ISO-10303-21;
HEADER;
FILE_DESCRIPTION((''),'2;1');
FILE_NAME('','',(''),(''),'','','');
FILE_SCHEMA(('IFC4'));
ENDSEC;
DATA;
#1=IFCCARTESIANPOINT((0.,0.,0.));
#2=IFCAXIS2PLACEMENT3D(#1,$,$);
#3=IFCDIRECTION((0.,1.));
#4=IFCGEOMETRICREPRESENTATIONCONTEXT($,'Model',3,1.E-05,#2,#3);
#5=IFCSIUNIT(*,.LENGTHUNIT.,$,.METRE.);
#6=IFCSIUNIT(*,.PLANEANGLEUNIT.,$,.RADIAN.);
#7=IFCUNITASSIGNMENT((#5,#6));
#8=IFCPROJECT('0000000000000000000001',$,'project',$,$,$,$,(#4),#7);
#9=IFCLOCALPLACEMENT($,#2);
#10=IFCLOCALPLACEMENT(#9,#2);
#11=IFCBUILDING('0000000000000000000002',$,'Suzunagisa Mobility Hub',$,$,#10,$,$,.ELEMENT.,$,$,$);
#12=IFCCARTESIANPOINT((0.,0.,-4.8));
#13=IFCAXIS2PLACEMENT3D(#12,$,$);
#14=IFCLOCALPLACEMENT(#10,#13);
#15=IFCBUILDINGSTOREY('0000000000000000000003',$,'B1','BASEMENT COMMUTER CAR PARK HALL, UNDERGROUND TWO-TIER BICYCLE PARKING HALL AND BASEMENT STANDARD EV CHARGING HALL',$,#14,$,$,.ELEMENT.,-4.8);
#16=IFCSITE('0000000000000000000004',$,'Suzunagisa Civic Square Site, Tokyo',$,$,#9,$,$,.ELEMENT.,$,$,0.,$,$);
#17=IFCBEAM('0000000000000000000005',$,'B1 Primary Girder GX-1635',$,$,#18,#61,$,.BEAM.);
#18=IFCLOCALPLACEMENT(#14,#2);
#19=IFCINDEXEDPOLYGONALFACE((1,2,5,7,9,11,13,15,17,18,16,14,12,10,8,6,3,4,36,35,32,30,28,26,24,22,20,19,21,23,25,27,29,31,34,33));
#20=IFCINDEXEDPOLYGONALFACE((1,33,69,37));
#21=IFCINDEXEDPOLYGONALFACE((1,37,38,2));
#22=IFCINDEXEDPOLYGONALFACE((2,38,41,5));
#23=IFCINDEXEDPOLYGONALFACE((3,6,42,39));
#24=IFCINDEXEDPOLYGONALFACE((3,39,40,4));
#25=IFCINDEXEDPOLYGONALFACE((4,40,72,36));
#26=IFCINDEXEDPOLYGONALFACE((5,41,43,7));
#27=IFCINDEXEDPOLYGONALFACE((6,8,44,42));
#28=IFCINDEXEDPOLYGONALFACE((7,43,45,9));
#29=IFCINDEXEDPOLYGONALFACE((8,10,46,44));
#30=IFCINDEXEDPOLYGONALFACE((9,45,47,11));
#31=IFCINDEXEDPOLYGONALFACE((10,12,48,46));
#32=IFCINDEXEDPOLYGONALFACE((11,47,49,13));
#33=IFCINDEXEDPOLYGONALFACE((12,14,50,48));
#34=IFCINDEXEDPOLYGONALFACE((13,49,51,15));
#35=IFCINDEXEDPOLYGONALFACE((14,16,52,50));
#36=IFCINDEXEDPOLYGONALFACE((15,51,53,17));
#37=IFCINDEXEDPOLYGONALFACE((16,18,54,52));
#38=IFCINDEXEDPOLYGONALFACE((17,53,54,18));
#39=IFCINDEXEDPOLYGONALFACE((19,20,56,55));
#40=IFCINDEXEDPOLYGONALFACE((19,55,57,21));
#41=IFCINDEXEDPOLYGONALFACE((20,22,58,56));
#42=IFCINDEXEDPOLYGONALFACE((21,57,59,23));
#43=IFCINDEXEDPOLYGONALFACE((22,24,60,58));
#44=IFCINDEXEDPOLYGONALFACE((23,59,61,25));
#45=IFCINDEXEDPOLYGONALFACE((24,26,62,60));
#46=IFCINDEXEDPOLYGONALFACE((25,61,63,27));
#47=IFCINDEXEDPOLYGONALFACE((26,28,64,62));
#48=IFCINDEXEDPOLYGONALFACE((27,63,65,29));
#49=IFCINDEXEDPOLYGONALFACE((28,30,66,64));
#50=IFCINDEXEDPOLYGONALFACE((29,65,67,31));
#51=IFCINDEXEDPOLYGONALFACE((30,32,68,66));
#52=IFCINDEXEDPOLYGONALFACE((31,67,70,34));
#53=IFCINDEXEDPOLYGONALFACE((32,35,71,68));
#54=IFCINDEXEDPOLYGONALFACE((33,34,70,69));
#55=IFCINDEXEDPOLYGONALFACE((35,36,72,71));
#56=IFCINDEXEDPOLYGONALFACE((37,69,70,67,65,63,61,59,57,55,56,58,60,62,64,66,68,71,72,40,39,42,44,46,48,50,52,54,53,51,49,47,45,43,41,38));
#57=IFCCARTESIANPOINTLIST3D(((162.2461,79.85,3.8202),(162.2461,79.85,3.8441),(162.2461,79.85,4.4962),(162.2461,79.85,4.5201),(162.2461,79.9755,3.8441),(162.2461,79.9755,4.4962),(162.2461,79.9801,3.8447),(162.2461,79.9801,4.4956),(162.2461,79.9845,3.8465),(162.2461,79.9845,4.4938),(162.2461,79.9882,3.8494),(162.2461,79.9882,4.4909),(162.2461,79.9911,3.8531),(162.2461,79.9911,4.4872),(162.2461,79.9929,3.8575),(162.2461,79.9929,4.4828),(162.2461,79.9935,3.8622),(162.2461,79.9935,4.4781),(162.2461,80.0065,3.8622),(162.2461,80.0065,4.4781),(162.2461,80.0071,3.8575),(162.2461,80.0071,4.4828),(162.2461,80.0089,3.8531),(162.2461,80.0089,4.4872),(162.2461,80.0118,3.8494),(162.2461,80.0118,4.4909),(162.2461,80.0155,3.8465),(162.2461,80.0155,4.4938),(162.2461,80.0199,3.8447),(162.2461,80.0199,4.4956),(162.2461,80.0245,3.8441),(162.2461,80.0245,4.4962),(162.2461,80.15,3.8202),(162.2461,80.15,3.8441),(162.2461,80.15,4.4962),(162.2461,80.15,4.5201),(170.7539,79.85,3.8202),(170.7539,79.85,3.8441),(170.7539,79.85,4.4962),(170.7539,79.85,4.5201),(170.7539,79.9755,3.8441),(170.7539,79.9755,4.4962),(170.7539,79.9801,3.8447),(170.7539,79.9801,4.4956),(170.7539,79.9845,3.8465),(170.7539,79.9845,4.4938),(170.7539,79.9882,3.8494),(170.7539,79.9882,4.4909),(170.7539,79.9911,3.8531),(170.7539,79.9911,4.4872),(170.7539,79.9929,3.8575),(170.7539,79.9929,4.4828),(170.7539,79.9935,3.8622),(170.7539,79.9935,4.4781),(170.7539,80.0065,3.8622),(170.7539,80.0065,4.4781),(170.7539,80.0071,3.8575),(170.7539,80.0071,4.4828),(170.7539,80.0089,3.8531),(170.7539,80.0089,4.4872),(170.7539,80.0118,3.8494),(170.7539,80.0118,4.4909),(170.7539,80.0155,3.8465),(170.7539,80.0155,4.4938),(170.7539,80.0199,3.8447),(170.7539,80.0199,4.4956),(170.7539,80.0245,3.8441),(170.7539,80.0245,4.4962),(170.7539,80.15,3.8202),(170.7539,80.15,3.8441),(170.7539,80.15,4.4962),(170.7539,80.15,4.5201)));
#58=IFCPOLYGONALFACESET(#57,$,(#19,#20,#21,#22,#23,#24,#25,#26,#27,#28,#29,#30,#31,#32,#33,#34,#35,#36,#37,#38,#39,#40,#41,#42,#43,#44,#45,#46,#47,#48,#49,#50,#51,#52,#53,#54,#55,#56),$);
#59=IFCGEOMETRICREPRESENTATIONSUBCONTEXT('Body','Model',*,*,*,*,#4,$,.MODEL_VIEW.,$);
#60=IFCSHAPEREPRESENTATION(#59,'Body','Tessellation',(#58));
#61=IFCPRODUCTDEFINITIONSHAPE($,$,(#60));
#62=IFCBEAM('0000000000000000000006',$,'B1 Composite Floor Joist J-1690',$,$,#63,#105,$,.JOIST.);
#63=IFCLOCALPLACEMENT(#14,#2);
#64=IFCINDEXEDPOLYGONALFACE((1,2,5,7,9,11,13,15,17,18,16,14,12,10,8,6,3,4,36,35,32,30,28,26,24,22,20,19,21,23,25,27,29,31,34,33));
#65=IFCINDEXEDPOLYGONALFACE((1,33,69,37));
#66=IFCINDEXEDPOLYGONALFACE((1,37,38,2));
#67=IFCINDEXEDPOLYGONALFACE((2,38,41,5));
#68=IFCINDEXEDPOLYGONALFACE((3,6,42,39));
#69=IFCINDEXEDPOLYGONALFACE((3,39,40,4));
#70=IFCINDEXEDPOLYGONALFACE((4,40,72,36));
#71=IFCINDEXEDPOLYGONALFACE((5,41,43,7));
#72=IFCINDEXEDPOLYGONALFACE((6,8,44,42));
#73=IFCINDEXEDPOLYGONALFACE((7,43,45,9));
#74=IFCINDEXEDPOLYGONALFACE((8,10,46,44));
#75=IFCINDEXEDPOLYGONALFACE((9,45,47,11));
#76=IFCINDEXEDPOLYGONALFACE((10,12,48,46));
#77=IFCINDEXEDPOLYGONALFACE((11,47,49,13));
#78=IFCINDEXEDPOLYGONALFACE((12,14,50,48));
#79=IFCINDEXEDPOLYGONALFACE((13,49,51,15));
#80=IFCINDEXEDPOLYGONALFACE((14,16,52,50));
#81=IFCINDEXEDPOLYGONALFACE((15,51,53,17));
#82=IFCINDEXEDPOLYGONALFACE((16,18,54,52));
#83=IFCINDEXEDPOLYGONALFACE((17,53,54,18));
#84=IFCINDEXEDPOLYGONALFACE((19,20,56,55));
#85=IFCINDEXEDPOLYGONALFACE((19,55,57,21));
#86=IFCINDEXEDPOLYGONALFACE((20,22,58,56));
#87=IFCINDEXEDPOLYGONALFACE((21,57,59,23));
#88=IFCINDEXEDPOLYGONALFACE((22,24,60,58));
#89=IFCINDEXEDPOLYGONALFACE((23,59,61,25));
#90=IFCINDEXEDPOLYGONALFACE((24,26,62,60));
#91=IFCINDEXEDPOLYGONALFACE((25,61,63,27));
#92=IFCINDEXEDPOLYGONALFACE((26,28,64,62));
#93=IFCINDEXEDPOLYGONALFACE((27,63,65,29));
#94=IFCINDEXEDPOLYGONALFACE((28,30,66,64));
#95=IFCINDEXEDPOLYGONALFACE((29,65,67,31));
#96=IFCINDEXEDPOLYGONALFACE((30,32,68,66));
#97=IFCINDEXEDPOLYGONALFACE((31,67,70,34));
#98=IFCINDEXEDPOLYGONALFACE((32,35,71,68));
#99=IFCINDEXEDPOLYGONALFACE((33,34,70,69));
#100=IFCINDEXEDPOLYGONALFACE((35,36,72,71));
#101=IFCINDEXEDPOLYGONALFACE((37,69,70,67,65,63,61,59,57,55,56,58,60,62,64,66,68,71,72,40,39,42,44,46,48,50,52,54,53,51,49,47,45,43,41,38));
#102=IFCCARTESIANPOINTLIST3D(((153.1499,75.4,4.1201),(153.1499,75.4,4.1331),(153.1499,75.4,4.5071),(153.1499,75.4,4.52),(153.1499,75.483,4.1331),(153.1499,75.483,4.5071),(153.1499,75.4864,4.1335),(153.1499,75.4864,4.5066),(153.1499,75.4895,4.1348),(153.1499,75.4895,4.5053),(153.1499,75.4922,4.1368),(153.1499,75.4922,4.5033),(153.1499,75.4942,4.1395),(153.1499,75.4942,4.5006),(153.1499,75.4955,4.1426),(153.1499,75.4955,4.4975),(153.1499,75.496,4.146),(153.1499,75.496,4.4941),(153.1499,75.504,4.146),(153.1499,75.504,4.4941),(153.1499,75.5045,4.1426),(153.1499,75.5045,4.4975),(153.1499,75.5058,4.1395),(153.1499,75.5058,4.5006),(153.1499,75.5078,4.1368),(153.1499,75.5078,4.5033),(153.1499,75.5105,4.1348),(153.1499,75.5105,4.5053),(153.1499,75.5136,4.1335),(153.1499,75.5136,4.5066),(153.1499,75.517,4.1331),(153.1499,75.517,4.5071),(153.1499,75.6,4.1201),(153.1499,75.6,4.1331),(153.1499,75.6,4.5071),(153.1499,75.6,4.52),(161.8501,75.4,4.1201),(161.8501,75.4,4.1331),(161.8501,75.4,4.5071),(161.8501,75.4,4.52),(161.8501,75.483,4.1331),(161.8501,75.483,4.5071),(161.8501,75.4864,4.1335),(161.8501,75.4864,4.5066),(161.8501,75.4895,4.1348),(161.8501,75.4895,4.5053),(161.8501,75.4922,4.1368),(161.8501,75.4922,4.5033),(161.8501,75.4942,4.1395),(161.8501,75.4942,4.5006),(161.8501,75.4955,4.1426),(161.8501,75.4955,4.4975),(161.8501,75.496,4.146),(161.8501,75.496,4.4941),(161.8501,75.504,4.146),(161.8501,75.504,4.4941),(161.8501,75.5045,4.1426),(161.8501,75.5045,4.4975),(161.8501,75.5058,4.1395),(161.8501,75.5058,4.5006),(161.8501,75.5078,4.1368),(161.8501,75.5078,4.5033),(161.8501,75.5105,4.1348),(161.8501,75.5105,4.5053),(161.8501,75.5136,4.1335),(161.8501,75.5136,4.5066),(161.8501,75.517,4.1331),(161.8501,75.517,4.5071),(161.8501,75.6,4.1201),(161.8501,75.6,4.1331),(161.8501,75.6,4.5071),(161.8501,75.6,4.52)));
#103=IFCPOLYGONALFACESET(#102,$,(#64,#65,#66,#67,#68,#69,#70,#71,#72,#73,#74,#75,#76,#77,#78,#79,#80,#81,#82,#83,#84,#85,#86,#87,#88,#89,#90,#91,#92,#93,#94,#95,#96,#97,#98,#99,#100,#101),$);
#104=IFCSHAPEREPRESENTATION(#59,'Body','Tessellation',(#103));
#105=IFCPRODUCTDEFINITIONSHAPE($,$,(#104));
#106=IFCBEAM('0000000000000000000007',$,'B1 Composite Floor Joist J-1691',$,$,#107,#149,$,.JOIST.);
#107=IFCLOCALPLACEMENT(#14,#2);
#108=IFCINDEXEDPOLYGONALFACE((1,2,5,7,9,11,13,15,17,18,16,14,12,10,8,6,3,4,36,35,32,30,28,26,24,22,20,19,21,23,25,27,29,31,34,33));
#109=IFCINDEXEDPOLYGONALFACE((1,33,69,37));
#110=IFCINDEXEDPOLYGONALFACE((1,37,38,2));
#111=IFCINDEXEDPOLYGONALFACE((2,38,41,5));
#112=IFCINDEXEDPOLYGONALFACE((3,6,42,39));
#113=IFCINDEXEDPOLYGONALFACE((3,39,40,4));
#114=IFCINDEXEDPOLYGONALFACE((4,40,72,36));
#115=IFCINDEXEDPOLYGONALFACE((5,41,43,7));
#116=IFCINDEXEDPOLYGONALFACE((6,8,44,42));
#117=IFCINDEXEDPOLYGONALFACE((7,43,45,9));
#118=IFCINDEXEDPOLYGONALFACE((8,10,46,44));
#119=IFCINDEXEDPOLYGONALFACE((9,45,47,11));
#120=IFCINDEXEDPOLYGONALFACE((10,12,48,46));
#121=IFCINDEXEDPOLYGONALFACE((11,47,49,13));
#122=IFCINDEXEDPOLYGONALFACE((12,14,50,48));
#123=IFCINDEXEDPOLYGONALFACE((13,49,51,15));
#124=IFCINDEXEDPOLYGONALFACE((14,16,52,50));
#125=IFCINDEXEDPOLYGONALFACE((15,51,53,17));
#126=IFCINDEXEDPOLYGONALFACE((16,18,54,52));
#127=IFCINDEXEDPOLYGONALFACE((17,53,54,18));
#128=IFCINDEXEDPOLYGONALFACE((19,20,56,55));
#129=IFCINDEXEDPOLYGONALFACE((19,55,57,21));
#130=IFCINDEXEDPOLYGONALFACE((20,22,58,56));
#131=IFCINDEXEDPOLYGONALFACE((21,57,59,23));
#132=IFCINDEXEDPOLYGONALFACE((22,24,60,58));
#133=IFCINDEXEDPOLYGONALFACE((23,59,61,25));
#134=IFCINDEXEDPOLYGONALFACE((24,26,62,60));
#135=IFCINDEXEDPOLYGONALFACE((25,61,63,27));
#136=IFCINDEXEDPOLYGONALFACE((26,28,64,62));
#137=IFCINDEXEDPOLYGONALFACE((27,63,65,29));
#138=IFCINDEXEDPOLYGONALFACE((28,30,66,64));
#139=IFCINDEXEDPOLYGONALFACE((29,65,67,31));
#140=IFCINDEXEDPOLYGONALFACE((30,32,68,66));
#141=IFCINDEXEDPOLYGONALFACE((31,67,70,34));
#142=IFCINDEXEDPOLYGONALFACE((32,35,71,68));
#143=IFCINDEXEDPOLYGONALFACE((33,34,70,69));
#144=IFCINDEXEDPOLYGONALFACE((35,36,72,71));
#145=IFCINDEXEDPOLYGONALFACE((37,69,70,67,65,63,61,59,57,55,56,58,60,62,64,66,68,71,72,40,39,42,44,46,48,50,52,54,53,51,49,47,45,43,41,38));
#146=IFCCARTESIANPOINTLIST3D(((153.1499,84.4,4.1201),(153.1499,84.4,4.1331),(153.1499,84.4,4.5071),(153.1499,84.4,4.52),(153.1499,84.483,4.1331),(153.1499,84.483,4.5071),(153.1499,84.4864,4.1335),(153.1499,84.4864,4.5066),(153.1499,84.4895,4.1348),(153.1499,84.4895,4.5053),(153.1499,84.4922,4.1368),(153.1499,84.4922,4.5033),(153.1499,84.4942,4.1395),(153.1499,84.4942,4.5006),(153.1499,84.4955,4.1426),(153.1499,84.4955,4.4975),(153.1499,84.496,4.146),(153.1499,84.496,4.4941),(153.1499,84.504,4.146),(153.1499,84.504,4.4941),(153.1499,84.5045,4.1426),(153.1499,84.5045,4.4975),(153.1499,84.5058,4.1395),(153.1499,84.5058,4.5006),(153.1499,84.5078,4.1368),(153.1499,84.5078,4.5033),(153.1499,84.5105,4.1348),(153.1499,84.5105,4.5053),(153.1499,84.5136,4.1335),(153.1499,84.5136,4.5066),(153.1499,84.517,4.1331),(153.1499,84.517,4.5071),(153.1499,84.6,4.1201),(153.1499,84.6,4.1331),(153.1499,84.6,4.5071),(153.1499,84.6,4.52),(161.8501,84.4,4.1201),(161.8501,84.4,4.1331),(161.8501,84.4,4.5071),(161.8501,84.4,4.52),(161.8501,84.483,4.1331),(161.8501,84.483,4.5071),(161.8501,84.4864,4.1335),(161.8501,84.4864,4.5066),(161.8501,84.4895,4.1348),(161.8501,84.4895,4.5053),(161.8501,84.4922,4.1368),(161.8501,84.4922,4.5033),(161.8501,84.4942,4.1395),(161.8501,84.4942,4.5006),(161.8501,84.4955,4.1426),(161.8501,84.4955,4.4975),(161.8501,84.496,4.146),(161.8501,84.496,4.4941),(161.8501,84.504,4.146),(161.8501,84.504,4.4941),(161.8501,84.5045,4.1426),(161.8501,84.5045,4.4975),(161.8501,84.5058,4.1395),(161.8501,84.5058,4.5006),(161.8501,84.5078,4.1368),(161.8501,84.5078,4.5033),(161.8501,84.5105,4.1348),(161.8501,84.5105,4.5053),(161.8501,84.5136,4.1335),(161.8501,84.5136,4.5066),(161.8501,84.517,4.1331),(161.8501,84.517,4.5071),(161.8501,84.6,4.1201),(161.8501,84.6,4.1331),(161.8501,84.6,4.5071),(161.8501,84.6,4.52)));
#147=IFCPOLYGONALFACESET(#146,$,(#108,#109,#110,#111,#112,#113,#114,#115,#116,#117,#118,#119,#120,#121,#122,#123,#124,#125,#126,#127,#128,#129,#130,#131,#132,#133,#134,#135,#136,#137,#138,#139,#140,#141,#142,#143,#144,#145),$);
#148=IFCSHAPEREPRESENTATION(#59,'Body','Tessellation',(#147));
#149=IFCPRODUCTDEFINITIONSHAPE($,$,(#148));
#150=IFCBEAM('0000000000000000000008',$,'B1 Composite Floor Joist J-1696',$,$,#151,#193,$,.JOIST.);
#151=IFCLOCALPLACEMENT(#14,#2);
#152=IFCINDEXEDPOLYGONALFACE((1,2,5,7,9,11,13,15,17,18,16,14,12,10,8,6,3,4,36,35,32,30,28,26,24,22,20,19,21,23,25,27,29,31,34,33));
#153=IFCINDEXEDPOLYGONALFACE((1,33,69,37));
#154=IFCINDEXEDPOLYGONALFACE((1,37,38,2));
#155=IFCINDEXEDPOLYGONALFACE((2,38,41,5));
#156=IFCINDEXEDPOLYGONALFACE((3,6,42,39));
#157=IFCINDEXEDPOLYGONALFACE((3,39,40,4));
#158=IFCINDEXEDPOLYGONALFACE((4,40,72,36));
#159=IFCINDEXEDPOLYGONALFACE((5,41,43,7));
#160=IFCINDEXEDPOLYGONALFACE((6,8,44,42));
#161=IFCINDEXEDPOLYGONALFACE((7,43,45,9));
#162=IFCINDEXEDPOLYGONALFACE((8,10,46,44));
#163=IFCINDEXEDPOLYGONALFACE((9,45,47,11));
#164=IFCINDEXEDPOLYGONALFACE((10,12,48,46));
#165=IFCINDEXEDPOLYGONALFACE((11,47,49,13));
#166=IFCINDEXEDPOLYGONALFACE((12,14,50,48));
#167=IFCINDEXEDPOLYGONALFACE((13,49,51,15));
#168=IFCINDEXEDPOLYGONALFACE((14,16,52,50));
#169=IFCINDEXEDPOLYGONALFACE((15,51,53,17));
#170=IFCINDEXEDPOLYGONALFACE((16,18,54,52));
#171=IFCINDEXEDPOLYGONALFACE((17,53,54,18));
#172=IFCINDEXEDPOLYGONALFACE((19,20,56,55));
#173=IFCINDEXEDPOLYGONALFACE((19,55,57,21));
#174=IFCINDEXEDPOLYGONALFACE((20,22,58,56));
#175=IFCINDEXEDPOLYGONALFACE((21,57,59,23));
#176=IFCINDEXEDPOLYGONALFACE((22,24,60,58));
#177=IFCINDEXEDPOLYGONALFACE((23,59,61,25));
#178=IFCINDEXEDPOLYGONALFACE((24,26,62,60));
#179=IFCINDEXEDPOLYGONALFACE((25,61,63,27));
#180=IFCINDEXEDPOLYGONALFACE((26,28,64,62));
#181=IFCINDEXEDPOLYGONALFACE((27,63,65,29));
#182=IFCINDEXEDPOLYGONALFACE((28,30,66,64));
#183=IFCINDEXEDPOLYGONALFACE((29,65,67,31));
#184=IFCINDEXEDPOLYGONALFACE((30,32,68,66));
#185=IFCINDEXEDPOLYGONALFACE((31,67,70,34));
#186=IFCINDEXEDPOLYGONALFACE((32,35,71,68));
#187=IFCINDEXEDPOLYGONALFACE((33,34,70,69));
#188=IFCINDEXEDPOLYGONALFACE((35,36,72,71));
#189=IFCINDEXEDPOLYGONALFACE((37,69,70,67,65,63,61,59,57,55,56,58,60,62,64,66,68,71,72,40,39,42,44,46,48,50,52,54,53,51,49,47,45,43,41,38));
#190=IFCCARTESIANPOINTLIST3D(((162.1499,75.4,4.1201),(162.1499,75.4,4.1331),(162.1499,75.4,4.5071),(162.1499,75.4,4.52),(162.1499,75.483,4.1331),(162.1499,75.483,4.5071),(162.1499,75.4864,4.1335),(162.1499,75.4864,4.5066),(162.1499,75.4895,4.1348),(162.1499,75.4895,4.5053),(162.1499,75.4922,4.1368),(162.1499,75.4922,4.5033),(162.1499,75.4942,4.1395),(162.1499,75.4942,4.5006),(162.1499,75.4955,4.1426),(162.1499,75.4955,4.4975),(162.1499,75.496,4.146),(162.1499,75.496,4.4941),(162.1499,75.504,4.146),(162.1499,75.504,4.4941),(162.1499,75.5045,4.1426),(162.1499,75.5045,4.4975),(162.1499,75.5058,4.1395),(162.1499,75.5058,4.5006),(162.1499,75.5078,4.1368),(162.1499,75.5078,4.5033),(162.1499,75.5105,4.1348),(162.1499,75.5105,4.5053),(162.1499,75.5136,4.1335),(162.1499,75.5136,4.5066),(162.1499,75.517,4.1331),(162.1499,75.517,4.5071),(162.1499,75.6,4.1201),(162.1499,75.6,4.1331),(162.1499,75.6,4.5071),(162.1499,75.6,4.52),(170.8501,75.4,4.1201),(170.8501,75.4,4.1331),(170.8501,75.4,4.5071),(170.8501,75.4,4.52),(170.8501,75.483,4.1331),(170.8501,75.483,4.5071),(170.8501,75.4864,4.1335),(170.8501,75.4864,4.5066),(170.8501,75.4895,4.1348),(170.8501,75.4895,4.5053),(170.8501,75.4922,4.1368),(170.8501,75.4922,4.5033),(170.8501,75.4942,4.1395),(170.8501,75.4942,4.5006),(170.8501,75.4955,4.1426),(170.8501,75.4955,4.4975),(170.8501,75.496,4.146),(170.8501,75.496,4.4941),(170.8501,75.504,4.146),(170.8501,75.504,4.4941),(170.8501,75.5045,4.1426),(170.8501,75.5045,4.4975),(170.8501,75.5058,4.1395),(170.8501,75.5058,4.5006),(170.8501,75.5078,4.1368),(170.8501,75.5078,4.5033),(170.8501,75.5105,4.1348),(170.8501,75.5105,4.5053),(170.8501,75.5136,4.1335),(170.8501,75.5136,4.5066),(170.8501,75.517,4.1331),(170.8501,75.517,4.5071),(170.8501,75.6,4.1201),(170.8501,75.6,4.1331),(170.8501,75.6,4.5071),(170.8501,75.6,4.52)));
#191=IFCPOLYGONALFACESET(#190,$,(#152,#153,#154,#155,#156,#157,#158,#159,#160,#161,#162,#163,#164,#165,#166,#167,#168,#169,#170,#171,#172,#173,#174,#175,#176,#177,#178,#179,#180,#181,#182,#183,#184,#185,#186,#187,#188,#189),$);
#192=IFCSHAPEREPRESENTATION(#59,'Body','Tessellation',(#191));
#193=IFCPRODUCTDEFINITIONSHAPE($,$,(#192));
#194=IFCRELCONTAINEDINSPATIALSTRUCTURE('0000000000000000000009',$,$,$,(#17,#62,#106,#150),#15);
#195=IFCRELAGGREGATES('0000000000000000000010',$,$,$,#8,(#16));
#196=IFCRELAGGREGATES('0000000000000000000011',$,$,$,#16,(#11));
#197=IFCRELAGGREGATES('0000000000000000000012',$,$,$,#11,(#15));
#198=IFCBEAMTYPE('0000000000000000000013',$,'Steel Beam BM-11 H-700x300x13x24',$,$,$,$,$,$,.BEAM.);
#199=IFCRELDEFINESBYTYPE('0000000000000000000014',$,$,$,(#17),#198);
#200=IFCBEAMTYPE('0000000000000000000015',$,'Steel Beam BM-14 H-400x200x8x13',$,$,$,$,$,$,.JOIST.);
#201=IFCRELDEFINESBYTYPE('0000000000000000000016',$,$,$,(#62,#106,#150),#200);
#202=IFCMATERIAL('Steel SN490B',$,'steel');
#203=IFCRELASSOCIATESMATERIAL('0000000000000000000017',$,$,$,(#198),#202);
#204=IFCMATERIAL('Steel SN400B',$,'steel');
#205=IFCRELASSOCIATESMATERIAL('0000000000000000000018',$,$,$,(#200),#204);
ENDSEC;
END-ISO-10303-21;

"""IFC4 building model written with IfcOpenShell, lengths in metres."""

from ifc_helpers import new_model, si_unit, direction, frame, origin, origin_2d, place, context, subcontext, project, spatial, i_section, extrude, material, material_profile, profile_set, type_object, element, save


model = new_model("IFC4")

# Units and contexts
model_context = context("Model", 3, precision=1e-05, world=origin(), true_north=direction((0.0, 1.0)))
body_context = subcontext(model_context, "Body", "Model", "MODEL_VIEW")
ifc_project = project(units=[si_unit("LENGTHUNIT", "METRE"), si_unit("PLANEANGLEUNIT", "RADIAN")], contexts=[model_context])

# Site, building, storey
site_placement = place(None, origin())
site = spatial("IfcSite", under=ifc_project, at=site_placement, Name="Suzunagisa Civic Square Site, Tokyo", CompositionType="ELEMENT", RefElevation=0.0)
building_placement = place(site_placement, origin())
building = spatial("IfcBuilding", under=site, at=building_placement, Name="Suzunagisa Mobility Hub", CompositionType="ELEMENT")
storey_placement = place(building_placement, frame((0.0, 0.0, -4.8)))
storey = spatial("IfcBuildingStorey", under=building, at=storey_placement, Name="B1", Description="BASEMENT COMMUTER CAR PARK HALL, UNDERGROUND TWO-TIER BICYCLE PARKING HALL AND BASEMENT STANDARD EV CHARGING HALL", CompositionType="ELEMENT", Elevation=-4.8)

# Shared definitions
ifc_material_1 = material(Name="Steel SN490B", Category="steel")

# Beams
ifc_material_profile_1 = material_profile(ifc_material_1, i_section(OverallWidth=0.3, OverallDepth=0.7, WebThickness=0.0129, FlangeThickness=0.0239, FilletRadius=0.0181, at=origin_2d()), Name="H-700x300x13x24")
ifc_profile_set_1 = profile_set([ifc_material_profile_1], Name="Steel SN490B")
beam_type_1 = type_object("IfcBeamType", Name="Steel Beam BM-11 H-700x300x13x24", PredefinedType="BEAM", material=ifc_profile_set_1)
for number, where, z_axis, x_axis, name in (
    (1, (162.2461, 80.0, 4.1702), (1.0, 0.0, 0.0), (0.0, 1.0, 0.0), "B1 Primary Girder GX-1635"),
):
    element("IfcBeam", number, at=place(storey_placement, frame(where, z_axis=z_axis, x_axis=x_axis)), inside=storey, type_object=beam_type_1, Name=name, PredefinedType="BEAM", context=body_context, shape_type="SweptSolid", body=[
        extrude(i_section(OverallWidth=0.3, OverallDepth=0.7, WebThickness=0.0129, FlangeThickness=0.0239, FilletRadius=0.0181, at=origin_2d()), origin(), (0.0, 0.0, 1.0), 8.5078),
    ])
ifc_material_2 = material(Name="Steel SN400B", Category="steel")
ifc_material_profile_2 = material_profile(ifc_material_2, i_section(OverallWidth=0.2, OverallDepth=0.3999, WebThickness=0.0081, FlangeThickness=0.0129, FilletRadius=0.0129, at=origin_2d()), Name="H-400x200x8x13")
ifc_profile_set_2 = profile_set([ifc_material_profile_2], Name="Steel SN400B")
beam_type_2 = type_object("IfcBeamType", Name="Steel Beam BM-14 H-400x200x8x13", PredefinedType="JOIST", material=ifc_profile_set_2)
for number, where, z_axis, x_axis, name in (
    (2, (153.1499, 75.5, 4.3201), (1.0, 0.0, 0.0), (0.0, 1.0, 0.0), "B1 Composite Floor Joist J-1690"),
    (3, (153.1499, 84.5, 4.3201), (1.0, 0.0, 0.0), (0.0, 1.0, 0.0), "B1 Composite Floor Joist J-1691"),
    (4, (162.1499, 75.5, 4.3201), (1.0, 0.0, 0.0), (0.0, 1.0, 0.0), "B1 Composite Floor Joist J-1696"),
):
    element("IfcBeam", number, at=place(storey_placement, frame(where, z_axis=z_axis, x_axis=x_axis)), inside=storey, type_object=beam_type_2, Name=name, PredefinedType="JOIST", context=body_context, shape_type="SweptSolid", body=[
        extrude(i_section(OverallWidth=0.2, OverallDepth=0.3999, WebThickness=0.0081, FlangeThickness=0.0129, FilletRadius=0.0129, at=origin_2d()), origin(), (0.0, 0.0, 1.0), 8.7002),
    ])

save(model, "model.ifc")
